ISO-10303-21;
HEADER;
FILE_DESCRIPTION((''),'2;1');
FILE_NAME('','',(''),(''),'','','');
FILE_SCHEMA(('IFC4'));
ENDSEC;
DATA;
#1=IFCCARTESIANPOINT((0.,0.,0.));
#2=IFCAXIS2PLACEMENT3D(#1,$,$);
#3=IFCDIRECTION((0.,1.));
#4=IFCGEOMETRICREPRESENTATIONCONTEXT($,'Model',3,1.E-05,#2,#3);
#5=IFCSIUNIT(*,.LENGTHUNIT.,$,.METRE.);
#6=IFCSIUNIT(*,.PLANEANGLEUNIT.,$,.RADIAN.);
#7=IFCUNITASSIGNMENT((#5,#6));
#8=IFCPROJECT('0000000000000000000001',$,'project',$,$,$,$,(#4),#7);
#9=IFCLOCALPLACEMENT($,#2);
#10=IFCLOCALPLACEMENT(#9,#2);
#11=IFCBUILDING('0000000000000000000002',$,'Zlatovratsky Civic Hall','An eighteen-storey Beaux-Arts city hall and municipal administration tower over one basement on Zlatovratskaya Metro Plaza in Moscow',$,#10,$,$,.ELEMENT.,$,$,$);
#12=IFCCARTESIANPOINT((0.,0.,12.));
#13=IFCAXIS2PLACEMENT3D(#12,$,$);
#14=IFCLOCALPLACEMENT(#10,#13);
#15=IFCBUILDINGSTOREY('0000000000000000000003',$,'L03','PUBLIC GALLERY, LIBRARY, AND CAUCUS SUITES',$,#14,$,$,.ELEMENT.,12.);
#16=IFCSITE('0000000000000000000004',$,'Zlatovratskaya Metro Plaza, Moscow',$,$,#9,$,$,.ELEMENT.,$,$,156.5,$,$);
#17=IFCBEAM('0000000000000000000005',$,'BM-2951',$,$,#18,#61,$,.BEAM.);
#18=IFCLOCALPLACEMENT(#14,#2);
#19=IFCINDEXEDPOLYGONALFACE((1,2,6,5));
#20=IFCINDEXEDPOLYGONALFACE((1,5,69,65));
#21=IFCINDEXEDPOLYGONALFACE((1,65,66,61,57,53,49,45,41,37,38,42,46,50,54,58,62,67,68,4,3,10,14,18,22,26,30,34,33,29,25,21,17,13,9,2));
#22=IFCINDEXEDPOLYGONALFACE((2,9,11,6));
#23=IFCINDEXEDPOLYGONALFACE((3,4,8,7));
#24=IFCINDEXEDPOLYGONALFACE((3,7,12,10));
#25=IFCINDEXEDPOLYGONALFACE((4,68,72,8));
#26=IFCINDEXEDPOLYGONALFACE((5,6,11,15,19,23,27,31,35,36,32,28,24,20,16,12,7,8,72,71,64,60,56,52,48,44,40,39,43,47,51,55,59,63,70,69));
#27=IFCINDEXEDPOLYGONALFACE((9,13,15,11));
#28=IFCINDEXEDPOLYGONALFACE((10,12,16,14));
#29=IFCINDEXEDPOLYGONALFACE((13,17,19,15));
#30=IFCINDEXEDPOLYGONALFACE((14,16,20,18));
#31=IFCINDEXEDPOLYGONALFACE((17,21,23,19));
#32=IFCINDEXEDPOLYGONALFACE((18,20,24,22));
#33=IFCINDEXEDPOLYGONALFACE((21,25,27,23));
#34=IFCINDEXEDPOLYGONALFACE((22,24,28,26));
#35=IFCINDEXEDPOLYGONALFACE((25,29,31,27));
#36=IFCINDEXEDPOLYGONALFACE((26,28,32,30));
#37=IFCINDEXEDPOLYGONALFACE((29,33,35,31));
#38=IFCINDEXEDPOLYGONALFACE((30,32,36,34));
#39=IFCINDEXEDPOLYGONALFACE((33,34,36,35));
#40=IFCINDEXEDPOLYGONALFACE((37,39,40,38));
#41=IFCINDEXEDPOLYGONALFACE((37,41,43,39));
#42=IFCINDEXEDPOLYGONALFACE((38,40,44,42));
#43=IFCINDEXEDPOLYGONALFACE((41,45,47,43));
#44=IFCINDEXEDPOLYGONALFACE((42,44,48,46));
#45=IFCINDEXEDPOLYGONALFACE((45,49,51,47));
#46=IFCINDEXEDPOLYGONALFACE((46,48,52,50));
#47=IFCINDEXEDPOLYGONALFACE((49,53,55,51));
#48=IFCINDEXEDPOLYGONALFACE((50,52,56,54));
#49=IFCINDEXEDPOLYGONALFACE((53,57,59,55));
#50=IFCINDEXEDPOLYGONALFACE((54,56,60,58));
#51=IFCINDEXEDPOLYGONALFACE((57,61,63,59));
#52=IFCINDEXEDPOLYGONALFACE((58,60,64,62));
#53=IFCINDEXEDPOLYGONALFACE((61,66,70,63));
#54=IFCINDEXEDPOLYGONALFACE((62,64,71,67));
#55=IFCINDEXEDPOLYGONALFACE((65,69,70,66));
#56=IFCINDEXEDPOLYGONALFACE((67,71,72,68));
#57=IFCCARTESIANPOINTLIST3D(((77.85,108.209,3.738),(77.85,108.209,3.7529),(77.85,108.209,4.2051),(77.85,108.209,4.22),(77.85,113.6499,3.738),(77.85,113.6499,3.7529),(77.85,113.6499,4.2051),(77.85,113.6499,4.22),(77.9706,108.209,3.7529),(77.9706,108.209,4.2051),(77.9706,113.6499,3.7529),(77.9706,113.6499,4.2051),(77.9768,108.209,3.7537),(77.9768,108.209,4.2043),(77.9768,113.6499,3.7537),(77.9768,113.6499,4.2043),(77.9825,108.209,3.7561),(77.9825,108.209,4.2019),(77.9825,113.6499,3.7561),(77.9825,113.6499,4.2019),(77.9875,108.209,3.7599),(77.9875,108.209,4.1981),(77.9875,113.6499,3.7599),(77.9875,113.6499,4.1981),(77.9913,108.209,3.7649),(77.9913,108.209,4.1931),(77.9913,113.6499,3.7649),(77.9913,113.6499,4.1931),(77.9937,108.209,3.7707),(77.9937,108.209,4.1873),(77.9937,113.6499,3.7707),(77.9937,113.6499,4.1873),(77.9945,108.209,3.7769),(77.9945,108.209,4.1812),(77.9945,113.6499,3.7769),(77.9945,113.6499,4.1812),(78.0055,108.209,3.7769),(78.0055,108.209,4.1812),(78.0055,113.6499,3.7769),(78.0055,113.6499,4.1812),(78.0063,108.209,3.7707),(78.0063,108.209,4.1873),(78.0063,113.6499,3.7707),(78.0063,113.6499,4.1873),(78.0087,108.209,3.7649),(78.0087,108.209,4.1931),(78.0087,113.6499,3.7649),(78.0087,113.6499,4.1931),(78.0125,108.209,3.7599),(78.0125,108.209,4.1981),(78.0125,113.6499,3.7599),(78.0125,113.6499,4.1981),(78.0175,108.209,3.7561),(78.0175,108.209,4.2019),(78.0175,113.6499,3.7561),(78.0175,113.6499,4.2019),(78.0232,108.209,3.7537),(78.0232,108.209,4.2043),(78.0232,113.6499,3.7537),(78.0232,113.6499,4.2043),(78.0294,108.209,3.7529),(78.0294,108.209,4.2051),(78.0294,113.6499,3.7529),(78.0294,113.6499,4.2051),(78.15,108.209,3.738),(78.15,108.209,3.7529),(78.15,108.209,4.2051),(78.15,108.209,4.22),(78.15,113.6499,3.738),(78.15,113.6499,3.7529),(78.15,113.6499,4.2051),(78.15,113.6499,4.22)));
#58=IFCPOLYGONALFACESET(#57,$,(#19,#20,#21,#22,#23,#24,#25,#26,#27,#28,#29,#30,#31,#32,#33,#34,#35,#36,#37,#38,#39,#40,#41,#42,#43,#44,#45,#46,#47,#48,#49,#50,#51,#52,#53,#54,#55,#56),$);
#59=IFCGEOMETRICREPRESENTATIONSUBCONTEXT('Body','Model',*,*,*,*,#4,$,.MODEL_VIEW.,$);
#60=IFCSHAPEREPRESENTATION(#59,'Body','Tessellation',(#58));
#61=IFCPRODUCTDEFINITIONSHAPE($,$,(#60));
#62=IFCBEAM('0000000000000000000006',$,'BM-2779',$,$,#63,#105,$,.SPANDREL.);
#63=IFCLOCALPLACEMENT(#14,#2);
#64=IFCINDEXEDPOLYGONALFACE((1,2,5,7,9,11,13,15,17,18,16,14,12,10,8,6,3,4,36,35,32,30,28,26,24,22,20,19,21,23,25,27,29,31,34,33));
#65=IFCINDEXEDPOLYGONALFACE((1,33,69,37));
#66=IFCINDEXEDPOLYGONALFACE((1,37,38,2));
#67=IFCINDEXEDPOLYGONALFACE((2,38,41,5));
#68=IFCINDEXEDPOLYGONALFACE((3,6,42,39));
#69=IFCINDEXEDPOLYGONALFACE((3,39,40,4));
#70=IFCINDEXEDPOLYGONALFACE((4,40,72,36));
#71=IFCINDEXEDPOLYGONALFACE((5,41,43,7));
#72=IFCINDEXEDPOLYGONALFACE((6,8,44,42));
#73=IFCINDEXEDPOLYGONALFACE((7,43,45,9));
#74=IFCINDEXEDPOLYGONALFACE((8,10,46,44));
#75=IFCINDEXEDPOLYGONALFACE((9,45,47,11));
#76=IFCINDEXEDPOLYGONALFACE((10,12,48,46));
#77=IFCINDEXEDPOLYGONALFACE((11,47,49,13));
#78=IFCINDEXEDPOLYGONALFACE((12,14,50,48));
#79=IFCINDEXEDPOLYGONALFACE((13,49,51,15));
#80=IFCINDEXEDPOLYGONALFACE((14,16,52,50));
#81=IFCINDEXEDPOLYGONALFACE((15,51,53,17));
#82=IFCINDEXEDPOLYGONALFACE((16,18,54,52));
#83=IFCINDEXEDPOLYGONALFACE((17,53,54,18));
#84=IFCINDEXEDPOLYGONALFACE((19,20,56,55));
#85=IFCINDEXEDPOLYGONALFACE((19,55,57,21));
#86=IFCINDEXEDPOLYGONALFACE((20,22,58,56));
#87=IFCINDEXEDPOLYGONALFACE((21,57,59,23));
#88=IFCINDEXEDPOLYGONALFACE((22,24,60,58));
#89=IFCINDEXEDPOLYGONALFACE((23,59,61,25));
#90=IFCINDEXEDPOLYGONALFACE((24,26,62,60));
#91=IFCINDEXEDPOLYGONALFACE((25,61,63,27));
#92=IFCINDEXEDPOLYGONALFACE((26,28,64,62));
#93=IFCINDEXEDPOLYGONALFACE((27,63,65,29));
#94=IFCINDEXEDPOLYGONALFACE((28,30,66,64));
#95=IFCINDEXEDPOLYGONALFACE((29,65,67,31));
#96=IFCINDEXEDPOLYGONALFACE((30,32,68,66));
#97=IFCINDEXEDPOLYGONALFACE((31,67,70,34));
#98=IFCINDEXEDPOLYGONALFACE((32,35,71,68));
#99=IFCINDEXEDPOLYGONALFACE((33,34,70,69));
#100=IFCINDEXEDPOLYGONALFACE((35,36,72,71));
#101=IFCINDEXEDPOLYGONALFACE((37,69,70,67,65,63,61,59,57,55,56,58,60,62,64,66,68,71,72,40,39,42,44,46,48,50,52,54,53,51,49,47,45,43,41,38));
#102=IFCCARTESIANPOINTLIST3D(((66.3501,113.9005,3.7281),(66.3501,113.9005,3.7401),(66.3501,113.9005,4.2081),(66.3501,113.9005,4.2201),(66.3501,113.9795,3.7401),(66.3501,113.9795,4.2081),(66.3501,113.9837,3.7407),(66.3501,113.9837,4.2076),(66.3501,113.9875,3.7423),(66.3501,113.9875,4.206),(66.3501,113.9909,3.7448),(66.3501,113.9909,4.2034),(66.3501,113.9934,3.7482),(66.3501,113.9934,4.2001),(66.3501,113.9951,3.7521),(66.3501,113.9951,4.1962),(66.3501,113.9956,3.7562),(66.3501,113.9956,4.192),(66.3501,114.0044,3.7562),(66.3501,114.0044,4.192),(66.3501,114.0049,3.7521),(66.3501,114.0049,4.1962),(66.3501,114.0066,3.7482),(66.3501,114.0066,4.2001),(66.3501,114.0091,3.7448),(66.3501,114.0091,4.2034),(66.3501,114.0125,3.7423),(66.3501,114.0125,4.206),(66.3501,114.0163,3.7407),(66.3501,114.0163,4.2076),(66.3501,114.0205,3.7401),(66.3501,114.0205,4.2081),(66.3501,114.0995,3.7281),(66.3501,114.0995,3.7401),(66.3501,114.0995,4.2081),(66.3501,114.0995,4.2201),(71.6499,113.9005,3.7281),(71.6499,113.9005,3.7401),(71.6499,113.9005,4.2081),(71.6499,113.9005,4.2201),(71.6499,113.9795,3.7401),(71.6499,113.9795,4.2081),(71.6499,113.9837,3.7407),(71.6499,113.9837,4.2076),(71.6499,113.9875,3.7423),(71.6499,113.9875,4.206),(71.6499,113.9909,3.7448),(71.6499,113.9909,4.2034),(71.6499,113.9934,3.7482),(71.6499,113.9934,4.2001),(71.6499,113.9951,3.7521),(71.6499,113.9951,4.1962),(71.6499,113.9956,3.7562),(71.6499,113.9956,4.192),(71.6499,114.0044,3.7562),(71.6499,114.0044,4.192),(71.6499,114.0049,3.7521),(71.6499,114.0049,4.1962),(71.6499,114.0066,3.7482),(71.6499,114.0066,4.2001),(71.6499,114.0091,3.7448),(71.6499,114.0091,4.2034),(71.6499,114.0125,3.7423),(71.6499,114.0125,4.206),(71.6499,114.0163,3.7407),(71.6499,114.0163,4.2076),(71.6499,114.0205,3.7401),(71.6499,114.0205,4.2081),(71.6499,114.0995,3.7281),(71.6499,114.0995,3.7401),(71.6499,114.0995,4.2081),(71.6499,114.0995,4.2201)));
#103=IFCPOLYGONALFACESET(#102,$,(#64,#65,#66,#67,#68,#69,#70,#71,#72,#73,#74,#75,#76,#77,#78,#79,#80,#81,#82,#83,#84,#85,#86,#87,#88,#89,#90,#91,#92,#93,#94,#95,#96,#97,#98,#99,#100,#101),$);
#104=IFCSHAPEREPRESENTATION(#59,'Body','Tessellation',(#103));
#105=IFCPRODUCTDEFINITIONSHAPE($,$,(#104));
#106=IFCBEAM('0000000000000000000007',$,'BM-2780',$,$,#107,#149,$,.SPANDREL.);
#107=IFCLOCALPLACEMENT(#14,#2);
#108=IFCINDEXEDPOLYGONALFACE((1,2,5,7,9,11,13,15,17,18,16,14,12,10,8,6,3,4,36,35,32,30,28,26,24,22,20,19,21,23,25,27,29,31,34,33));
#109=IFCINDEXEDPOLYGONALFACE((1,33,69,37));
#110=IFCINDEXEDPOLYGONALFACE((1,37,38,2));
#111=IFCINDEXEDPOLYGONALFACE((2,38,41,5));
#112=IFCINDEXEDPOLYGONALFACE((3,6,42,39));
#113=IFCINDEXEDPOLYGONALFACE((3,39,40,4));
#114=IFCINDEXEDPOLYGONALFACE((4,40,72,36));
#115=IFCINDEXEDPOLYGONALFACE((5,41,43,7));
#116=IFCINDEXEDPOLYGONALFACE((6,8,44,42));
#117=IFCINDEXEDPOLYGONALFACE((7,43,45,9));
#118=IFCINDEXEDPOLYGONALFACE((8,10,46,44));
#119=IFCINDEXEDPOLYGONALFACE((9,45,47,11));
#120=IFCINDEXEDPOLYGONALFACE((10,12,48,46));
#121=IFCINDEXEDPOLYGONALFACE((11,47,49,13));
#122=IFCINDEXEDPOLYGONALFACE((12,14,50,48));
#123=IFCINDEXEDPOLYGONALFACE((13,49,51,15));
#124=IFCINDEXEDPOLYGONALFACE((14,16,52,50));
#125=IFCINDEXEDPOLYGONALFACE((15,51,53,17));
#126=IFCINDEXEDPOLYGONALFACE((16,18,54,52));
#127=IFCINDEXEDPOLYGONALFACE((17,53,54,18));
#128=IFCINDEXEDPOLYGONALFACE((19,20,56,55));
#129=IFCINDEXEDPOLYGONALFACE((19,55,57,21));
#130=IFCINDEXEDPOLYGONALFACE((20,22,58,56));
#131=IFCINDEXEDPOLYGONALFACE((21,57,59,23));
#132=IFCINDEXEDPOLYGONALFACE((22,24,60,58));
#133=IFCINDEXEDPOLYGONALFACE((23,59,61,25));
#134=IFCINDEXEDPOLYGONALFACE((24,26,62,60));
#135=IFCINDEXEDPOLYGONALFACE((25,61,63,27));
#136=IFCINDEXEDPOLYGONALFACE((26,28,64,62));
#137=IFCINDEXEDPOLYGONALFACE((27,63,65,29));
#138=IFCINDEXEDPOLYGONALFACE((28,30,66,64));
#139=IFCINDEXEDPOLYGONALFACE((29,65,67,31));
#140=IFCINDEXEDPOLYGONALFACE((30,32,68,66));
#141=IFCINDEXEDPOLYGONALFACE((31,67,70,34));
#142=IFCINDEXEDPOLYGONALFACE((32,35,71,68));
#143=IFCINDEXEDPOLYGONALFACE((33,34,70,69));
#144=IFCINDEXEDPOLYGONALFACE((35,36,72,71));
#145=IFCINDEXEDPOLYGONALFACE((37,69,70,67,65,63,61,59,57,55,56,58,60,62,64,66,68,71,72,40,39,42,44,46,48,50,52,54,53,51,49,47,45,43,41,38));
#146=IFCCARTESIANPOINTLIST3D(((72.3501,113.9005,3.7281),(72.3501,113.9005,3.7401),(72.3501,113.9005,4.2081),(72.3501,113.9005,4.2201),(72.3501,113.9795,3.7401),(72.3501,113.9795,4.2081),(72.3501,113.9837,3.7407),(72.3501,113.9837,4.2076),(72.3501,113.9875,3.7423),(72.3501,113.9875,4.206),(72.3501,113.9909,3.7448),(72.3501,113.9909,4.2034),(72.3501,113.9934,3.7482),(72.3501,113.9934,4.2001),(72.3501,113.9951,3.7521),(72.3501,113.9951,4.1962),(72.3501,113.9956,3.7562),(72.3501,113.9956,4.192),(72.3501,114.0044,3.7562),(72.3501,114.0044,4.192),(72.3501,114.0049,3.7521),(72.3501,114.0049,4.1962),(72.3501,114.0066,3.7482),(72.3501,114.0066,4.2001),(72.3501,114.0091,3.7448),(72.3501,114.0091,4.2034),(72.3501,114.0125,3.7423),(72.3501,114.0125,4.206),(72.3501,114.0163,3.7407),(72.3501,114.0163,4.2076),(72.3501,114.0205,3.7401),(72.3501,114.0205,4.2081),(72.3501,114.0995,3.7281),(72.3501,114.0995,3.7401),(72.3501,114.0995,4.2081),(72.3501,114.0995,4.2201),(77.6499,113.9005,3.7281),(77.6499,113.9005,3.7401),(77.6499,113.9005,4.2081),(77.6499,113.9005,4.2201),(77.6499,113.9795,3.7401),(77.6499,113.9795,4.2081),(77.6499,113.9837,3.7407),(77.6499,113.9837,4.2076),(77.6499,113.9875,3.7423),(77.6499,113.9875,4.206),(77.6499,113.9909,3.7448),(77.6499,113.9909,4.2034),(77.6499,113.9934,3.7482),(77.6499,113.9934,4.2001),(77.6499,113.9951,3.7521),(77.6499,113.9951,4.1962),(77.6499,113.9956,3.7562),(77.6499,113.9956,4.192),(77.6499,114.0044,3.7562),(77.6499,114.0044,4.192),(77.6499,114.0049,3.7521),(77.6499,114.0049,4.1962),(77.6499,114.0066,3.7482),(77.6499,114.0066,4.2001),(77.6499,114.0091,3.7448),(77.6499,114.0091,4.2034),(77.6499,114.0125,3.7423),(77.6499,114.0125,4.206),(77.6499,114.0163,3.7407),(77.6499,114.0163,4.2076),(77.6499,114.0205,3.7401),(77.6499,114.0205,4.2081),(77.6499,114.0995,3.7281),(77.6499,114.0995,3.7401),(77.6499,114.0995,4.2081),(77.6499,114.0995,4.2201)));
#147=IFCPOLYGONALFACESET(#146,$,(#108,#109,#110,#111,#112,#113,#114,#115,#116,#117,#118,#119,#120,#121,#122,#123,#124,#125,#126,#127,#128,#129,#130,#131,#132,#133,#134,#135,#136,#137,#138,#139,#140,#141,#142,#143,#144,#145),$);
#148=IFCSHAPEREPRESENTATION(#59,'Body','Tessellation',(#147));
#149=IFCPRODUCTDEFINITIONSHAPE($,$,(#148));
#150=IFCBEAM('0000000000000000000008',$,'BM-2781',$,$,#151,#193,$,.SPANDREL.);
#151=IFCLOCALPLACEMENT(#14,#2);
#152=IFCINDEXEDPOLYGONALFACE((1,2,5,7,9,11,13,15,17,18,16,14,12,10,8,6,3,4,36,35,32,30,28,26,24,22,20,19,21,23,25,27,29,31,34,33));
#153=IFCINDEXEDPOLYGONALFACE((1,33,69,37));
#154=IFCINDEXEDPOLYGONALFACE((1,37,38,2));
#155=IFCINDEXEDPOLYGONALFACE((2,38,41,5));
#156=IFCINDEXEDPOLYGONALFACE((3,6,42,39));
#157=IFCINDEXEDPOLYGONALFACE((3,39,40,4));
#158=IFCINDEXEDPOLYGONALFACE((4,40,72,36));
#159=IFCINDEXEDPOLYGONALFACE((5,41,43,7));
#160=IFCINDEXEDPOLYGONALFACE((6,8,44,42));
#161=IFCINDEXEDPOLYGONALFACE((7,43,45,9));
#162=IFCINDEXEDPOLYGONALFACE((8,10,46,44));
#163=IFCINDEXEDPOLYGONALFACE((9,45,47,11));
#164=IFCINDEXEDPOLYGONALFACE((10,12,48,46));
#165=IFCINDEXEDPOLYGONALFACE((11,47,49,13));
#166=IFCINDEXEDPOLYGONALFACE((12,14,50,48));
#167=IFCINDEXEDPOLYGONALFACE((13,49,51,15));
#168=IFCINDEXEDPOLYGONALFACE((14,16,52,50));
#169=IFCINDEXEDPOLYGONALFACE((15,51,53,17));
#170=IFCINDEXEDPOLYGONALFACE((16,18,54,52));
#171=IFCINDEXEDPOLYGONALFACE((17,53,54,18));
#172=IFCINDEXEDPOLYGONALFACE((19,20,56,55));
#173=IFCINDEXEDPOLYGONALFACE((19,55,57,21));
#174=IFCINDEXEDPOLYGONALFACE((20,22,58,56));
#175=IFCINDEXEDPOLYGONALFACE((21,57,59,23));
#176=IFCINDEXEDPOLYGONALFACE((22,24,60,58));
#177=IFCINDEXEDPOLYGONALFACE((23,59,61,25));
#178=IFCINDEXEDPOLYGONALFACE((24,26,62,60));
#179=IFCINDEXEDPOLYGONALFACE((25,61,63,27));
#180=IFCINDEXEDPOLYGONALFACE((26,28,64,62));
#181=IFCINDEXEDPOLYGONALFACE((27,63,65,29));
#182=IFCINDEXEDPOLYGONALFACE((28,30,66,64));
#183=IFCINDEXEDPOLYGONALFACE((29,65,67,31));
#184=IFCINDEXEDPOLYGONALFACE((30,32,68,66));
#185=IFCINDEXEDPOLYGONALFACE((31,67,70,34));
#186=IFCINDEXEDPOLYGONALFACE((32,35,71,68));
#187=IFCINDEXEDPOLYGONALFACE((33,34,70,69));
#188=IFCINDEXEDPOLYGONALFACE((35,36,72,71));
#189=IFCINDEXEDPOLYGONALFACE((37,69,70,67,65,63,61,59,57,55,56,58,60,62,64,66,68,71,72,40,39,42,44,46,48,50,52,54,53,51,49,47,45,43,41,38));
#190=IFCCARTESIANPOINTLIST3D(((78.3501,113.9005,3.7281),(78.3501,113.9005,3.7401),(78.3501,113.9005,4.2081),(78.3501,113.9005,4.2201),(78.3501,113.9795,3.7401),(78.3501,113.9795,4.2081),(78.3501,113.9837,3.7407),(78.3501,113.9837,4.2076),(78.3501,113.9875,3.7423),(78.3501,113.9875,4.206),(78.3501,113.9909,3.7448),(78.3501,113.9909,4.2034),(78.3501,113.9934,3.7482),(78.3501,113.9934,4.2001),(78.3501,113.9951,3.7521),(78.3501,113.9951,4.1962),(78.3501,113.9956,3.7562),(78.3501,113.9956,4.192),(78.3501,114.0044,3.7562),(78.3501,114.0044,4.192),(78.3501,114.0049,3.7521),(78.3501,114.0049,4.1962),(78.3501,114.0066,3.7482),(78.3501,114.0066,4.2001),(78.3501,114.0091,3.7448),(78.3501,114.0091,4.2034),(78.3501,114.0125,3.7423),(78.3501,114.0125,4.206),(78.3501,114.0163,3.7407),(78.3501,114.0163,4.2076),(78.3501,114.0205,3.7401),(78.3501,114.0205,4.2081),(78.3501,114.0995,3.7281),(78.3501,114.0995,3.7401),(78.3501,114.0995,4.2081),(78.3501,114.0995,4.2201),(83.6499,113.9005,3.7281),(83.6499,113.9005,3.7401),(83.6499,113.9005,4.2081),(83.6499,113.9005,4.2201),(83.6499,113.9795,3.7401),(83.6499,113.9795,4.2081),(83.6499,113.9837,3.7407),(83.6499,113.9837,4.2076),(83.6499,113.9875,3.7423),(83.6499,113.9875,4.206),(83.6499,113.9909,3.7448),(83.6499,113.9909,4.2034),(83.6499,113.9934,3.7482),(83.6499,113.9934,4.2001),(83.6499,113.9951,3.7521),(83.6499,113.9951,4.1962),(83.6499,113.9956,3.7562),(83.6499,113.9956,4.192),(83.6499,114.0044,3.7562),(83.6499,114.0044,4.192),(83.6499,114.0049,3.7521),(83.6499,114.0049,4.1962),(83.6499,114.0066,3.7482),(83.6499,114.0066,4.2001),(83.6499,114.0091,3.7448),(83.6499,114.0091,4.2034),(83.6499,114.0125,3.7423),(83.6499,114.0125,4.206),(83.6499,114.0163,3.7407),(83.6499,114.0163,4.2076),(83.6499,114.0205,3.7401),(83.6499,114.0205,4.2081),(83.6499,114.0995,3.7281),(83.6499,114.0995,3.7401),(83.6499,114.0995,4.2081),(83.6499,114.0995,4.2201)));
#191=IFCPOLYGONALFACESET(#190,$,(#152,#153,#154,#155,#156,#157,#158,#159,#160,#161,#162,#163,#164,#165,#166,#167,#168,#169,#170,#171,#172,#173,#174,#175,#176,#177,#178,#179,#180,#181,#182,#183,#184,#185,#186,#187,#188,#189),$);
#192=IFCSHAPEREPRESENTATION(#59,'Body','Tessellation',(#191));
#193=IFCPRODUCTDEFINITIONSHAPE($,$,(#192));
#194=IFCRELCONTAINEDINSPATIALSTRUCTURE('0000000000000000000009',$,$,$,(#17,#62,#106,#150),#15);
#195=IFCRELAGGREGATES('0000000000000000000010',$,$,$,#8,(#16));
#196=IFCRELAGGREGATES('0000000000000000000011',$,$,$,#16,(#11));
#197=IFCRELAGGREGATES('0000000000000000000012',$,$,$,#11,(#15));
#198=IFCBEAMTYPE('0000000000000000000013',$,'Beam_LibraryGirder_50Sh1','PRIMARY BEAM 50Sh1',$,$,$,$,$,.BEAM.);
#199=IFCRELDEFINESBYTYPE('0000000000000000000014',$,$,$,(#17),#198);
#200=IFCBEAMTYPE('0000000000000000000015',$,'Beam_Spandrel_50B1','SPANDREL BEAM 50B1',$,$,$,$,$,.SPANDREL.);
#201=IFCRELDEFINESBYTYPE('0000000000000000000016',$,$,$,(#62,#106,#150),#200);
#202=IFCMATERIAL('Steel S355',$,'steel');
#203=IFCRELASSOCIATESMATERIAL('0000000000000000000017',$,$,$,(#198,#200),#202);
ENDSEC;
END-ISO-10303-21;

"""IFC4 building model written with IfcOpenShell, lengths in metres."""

from ifc_helpers import new_model, si_unit, direction, frame, origin, origin_2d, place, context, subcontext, project, spatial, i_section, extrude, material, material_profile, profile_set, type_object, element, save


model = new_model("IFC4")

# Units and contexts
model_context = context("Model", 3, precision=1e-05, world=origin(), true_north=direction((0.0, 1.0)))
body_context = subcontext(model_context, "Body", "Model", "MODEL_VIEW")
ifc_project = project(units=[si_unit("LENGTHUNIT", "METRE"), si_unit("PLANEANGLEUNIT", "RADIAN")], contexts=[model_context])

# Site, building, storey
site_placement = place(None, origin())
site = spatial("IfcSite", under=ifc_project, at=site_placement, Name="Zlatovratskaya Metro Plaza, Moscow", CompositionType="ELEMENT", RefElevation=156.5)
building_placement = place(site_placement, origin())
building = spatial("IfcBuilding", under=site, at=building_placement, Name="Zlatovratsky Civic Hall", Description="An eighteen-storey Beaux-Arts city hall and municipal administration tower over one basement on Zlatovratskaya Metro Plaza in Moscow", CompositionType="ELEMENT")
storey_placement = place(building_placement, frame((0.0, 0.0, 12.0)))
storey = spatial("IfcBuildingStorey", under=building, at=storey_placement, Name="L03", Description="PUBLIC GALLERY, LIBRARY, AND CAUCUS SUITES", CompositionType="ELEMENT", Elevation=12.0)

# Shared definitions
ifc_material_1 = material(Name="Steel S355", Category="steel")

# Beams
ifc_material_profile_1 = material_profile(ifc_material_1, i_section(OverallWidth=0.3, OverallDepth=0.4819, WebThickness=0.011, FlangeThickness=0.0149, FilletRadius=0.0239, at=origin_2d()), Name="50Sh1")
ifc_profile_set_1 = profile_set([ifc_material_profile_1], Name="Steel S355")
beam_type_1 = type_object("IfcBeamType", Name="Beam_LibraryGirder_50Sh1", Description="PRIMARY BEAM 50Sh1", PredefinedType="BEAM", material=ifc_profile_set_1)
beam_1_placement = place(storey_placement, frame((78.0, 108.209, 3.979), z_axis=(0.0, 1.0, 0.0), x_axis=(-1.0, 0.0, 0.0)))
element("IfcBeam", 1, at=beam_1_placement, inside=storey, type_object=beam_type_1, Name="BM-2951", PredefinedType="BEAM", context=body_context, shape_type="SweptSolid", body=[
    extrude(i_section(OverallWidth=0.3, OverallDepth=0.4819, WebThickness=0.011, FlangeThickness=0.0149, FilletRadius=0.0239, at=origin_2d()), origin(), (0.0, 0.0, 1.0), 5.4409),
])
ifc_material_profile_2 = material_profile(ifc_material_1, i_section(OverallWidth=0.199, OverallDepth=0.4919, WebThickness=0.0088, FlangeThickness=0.012, FilletRadius=0.0161, at=origin_2d()), Name="50B1")
ifc_profile_set_2 = profile_set([ifc_material_profile_2], Name="Steel S355")
beam_type_2 = type_object("IfcBeamType", Name="Beam_Spandrel_50B1", Description="SPANDREL BEAM 50B1", PredefinedType="SPANDREL", material=ifc_profile_set_2)
for number, where, z_axis, x_axis, name in (
    (2, (66.3501, 114.0, 3.9741), (1.0, 0.0, 0.0), (0.0, 1.0, 0.0), "BM-2779"),
    (3, (72.3501, 114.0, 3.9741), (1.0, 0.0, 0.0), (0.0, 1.0, 0.0), "BM-2780"),
    (4, (78.3501, 114.0, 3.9741), (1.0, 0.0, 0.0), (0.0, 1.0, 0.0), "BM-2781"),
):
    element("IfcBeam", number, at=place(storey_placement, frame(where, z_axis=z_axis, x_axis=x_axis)), inside=storey, type_object=beam_type_2, Name=name, PredefinedType="SPANDREL", context=body_context, shape_type="SweptSolid", body=[
        extrude(i_section(OverallWidth=0.199, OverallDepth=0.4919, WebThickness=0.0088, FlangeThickness=0.012, FilletRadius=0.0161, at=origin_2d()), origin(), (0.0, 0.0, 1.0), 5.2998),
    ])

save(model, "model.ifc")
